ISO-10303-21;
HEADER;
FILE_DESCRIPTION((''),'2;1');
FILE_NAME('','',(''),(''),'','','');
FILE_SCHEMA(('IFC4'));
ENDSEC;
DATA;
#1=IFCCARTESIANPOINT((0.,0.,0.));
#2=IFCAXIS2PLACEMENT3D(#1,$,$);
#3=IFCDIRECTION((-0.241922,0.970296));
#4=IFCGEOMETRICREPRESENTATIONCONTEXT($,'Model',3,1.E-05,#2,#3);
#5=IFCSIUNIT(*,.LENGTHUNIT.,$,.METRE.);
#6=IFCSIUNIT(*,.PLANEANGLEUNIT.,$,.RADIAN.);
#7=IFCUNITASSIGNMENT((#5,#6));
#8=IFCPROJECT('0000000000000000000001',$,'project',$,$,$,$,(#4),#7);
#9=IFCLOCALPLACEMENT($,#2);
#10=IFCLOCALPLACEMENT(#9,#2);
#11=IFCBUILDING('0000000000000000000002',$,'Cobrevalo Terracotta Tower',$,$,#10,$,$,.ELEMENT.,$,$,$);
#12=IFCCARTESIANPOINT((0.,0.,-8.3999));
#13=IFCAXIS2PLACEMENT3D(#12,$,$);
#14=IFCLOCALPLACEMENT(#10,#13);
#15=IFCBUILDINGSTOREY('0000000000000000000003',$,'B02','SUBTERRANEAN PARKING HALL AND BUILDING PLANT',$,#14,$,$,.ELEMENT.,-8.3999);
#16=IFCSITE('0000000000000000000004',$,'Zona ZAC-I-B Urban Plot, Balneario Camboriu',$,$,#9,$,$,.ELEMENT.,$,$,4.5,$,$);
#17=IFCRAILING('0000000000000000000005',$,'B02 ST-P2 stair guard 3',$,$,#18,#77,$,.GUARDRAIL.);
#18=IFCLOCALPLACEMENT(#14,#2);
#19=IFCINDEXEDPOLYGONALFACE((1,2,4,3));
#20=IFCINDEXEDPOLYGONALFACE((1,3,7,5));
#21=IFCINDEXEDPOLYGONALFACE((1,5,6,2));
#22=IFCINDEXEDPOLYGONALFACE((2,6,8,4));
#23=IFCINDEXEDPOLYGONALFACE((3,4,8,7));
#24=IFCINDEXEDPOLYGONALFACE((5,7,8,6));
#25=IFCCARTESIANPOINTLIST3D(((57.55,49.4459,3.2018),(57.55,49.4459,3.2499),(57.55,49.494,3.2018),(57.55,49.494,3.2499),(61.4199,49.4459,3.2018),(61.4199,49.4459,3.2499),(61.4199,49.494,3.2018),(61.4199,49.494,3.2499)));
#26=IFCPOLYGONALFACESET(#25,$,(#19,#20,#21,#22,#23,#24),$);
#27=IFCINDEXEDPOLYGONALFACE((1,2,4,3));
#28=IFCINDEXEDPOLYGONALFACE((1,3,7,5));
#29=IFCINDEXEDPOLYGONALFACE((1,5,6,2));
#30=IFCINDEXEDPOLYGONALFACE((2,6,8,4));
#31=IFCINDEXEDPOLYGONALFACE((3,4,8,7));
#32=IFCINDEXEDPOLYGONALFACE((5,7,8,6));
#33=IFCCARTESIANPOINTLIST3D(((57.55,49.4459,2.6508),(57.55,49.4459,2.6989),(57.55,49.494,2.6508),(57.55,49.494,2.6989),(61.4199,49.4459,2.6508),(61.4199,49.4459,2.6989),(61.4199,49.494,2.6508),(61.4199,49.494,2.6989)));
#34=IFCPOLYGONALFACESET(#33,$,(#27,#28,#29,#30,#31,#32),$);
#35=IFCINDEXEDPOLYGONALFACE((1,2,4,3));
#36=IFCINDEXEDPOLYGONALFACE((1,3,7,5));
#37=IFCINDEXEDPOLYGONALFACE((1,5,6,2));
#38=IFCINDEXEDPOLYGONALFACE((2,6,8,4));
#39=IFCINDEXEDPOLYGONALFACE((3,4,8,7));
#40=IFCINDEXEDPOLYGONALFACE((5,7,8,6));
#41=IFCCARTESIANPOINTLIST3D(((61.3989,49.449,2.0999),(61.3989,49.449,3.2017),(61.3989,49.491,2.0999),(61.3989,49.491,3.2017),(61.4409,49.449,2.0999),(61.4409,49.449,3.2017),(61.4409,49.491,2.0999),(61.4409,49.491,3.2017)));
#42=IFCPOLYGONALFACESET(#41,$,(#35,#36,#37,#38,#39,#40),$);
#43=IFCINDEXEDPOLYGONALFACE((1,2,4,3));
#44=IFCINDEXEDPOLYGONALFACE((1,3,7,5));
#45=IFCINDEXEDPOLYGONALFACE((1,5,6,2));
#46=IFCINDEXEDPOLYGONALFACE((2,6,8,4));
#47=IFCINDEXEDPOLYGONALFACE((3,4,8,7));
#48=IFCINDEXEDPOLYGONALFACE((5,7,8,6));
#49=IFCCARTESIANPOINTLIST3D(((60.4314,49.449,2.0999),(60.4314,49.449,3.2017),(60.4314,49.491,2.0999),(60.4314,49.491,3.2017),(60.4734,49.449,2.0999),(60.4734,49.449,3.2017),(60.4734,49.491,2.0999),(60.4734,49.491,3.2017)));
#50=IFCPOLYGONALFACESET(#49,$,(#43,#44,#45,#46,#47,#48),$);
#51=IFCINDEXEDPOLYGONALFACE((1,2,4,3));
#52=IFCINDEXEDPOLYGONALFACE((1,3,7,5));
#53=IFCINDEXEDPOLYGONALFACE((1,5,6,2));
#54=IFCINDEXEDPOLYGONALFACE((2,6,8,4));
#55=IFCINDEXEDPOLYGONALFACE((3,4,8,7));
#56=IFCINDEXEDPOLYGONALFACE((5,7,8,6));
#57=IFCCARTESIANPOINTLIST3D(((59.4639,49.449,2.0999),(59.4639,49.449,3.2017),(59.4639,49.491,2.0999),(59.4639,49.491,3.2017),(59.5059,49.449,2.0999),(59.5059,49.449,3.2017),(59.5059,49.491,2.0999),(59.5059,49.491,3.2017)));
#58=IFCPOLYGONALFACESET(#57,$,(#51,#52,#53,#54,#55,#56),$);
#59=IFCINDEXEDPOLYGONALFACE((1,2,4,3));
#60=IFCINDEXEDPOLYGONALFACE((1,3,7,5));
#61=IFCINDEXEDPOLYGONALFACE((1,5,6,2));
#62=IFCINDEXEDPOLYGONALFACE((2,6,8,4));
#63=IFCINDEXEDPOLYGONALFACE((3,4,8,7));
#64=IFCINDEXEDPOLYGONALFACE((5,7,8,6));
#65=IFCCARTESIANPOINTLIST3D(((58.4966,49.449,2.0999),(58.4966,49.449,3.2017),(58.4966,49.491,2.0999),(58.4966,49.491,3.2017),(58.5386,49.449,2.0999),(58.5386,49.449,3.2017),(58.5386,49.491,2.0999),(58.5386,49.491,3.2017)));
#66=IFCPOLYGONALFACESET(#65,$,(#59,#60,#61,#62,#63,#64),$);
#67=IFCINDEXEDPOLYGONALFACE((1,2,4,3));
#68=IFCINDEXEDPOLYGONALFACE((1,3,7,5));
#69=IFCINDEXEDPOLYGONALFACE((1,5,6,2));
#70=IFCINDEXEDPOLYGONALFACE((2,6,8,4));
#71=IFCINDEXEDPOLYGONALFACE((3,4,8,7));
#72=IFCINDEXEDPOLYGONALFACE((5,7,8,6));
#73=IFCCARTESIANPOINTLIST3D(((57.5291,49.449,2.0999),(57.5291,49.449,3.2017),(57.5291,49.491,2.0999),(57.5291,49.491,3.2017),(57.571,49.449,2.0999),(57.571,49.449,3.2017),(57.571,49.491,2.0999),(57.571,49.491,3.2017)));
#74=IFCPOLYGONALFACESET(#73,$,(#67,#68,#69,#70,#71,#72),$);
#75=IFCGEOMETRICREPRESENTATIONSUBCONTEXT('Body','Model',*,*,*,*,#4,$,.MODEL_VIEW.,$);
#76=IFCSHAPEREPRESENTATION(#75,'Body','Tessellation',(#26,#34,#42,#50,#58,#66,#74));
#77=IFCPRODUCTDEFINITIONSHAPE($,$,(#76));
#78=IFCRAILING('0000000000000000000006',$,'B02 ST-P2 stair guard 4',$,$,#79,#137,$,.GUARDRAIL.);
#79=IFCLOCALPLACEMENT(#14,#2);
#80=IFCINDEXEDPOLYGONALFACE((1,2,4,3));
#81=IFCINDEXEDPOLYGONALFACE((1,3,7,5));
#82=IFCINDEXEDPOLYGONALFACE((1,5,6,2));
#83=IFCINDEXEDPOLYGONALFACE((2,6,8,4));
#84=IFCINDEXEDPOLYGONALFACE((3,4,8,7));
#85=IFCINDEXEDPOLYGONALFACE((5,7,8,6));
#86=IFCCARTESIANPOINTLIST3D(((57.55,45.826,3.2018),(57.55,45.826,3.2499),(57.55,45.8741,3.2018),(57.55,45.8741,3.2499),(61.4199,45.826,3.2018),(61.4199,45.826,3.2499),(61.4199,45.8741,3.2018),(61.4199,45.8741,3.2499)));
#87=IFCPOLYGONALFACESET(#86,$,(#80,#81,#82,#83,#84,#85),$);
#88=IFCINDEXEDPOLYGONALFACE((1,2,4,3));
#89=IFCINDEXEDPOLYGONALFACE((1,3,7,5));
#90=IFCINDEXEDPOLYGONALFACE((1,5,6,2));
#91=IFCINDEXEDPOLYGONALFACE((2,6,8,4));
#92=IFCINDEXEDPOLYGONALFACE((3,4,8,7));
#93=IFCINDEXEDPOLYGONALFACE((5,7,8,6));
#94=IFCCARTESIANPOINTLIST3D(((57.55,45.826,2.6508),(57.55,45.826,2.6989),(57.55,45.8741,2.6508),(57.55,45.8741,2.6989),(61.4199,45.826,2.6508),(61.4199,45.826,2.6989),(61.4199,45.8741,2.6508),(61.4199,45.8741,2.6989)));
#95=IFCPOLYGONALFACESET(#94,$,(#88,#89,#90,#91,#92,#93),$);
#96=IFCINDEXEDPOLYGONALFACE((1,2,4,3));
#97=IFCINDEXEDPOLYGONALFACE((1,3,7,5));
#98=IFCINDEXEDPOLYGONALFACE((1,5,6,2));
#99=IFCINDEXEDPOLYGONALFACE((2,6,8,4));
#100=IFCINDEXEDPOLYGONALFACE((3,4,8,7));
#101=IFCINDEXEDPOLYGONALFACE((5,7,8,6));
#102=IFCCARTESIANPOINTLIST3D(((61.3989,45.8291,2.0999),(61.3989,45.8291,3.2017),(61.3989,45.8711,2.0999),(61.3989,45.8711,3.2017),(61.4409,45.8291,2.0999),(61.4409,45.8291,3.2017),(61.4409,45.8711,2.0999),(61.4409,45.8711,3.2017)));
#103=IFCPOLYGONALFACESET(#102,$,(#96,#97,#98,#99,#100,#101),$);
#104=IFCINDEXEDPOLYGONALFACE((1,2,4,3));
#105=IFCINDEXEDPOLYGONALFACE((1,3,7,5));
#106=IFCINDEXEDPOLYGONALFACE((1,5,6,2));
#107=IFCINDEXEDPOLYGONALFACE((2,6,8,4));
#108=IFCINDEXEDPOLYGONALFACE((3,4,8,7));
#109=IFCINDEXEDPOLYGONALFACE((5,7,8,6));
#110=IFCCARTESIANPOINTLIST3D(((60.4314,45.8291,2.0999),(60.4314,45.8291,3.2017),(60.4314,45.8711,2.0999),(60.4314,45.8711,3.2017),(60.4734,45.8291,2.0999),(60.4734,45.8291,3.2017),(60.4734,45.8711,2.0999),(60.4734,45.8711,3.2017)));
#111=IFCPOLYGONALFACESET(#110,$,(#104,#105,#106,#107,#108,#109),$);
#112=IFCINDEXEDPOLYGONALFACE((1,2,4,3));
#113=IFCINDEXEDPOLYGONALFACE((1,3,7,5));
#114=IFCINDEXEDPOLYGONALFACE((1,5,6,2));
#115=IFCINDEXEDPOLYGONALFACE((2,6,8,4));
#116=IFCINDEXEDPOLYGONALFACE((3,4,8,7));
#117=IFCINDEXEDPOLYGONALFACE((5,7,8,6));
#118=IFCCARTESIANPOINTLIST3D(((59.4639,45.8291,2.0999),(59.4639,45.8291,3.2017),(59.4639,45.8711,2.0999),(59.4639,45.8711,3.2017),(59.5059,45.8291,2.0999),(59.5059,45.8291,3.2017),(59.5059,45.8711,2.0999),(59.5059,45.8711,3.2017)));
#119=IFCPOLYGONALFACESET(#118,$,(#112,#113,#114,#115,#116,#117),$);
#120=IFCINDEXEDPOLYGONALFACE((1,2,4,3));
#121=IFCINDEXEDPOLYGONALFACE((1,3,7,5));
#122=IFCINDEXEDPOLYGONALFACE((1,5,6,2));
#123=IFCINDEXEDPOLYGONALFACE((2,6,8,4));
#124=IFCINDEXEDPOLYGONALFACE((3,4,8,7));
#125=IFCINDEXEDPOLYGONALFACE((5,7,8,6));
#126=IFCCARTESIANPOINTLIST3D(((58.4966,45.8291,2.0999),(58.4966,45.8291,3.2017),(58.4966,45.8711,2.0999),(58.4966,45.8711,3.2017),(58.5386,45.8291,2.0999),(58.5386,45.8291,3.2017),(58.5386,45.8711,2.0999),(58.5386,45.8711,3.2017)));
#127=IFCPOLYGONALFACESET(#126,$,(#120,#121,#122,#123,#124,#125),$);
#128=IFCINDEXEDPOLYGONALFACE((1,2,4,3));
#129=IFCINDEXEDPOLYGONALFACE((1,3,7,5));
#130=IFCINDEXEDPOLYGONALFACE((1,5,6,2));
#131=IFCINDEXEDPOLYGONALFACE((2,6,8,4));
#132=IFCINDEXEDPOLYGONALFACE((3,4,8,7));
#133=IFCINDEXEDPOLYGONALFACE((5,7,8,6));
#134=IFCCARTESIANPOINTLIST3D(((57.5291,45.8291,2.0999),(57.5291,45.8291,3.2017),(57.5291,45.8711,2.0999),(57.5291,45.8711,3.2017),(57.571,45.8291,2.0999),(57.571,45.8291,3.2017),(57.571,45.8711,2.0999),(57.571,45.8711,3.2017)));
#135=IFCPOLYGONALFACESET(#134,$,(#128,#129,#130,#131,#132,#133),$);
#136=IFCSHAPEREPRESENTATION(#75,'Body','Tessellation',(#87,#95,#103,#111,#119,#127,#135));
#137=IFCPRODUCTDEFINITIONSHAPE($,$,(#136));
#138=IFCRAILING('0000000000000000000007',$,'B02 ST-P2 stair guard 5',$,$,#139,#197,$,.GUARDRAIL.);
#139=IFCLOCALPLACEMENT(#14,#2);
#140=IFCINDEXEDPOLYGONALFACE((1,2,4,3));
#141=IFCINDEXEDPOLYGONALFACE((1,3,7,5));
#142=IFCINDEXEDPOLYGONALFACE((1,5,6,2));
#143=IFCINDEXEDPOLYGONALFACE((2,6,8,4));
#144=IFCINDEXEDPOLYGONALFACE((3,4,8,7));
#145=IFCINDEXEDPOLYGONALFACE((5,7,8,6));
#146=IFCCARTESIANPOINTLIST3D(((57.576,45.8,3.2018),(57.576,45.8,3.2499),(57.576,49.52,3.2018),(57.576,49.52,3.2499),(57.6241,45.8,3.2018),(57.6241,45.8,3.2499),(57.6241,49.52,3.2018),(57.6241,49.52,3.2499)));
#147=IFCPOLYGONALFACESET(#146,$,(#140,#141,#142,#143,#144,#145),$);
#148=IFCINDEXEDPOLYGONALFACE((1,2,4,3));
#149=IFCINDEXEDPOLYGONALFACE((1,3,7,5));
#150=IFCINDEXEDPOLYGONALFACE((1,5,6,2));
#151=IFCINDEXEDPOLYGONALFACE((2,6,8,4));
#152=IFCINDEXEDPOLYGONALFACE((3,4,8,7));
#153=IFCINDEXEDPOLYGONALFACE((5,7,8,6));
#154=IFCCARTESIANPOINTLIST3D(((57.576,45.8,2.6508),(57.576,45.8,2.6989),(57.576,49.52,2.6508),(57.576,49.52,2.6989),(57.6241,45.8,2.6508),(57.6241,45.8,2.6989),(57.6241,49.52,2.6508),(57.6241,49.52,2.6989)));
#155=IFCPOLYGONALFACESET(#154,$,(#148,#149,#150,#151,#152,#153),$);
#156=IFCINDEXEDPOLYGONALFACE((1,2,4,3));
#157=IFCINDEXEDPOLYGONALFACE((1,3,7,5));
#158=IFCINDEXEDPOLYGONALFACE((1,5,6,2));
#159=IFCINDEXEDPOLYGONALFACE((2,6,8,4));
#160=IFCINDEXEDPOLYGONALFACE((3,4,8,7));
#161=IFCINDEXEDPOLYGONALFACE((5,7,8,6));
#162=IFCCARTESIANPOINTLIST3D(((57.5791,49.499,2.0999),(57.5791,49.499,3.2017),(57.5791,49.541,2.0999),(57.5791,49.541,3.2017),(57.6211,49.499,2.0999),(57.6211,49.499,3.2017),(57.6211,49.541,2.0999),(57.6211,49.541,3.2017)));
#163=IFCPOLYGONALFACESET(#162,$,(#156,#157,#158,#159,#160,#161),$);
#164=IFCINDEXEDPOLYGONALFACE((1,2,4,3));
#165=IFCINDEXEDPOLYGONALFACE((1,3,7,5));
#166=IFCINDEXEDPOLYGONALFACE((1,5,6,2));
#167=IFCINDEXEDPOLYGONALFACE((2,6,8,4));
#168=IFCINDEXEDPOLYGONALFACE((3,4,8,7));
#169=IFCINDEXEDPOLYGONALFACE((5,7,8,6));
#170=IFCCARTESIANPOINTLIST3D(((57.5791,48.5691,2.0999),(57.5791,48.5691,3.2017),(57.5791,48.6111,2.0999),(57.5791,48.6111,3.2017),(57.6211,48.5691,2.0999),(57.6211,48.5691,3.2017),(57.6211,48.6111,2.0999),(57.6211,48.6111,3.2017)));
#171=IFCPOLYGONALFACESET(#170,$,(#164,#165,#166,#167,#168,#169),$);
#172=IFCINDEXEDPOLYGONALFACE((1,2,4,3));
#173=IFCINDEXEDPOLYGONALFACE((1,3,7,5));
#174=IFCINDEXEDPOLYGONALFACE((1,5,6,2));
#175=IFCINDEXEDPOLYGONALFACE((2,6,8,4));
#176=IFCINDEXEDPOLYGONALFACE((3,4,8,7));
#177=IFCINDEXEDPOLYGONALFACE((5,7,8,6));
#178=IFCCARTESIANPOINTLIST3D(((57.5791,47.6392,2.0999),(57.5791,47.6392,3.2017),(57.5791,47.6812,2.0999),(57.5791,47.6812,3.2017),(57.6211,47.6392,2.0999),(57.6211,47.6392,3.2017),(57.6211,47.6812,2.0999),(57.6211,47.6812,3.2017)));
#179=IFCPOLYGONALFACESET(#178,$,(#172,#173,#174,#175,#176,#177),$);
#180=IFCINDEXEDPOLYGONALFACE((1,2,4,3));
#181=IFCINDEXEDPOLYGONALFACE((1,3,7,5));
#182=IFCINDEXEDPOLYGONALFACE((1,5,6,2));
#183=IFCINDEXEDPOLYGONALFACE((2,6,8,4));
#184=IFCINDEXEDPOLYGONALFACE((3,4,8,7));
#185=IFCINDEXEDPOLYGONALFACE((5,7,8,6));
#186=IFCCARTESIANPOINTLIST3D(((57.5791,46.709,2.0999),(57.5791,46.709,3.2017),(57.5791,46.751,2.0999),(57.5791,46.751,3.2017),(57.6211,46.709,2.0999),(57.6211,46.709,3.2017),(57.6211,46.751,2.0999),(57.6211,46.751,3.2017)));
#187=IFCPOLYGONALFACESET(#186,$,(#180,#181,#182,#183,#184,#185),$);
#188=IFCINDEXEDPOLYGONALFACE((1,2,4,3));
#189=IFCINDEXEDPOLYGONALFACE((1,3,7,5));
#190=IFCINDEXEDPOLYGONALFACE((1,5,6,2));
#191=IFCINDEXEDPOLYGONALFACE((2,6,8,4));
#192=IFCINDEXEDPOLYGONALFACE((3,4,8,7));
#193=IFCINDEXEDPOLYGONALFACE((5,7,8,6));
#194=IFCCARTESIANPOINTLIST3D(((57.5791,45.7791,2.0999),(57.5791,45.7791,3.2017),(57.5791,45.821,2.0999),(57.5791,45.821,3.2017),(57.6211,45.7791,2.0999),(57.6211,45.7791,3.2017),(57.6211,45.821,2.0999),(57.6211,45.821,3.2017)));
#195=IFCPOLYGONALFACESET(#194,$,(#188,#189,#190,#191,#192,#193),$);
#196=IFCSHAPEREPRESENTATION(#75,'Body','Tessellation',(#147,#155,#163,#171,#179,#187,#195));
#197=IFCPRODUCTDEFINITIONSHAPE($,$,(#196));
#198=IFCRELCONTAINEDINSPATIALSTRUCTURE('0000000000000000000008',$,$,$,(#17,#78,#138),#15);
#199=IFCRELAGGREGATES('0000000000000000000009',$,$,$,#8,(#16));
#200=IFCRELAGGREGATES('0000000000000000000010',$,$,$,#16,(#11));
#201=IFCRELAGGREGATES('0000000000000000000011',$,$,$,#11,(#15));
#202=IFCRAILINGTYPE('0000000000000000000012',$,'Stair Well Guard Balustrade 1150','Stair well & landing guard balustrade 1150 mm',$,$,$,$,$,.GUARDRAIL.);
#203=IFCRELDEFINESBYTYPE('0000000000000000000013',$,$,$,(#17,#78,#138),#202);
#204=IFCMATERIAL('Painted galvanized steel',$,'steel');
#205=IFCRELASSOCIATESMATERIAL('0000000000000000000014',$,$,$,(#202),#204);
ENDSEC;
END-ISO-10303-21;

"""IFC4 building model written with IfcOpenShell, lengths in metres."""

from ifc_helpers import new_model, si_unit, direction, frame, origin, origin_2d, place, context, subcontext, project, spatial, rectangle, extrude, material, type_object, element, save


model = new_model("IFC4")

# Units and contexts
model_context = context("Model", 3, precision=1e-05, world=origin(), true_north=direction((-0.241922, 0.970296)))
body_context = subcontext(model_context, "Body", "Model", "MODEL_VIEW")
ifc_project = project(units=[si_unit("LENGTHUNIT", "METRE"), si_unit("PLANEANGLEUNIT", "RADIAN")], contexts=[model_context])

# Site, building, storey
site_placement = place(None, origin())
site = spatial("IfcSite", under=ifc_project, at=site_placement, Name="Zona ZAC-I-B Urban Plot, Balneario Camboriu", CompositionType="ELEMENT", RefElevation=4.5)
building_placement = place(site_placement, origin())
building = spatial("IfcBuilding", under=site, at=building_placement, Name="Cobrevalo Terracotta Tower", CompositionType="ELEMENT")
storey_placement = place(building_placement, frame((0.0, 0.0, -8.3999)))
storey = spatial("IfcBuildingStorey", under=building, at=storey_placement, Name="B02", Description="SUBTERRANEAN PARKING HALL AND BUILDING PLANT", CompositionType="ELEMENT", Elevation=-8.3999)

# Railings
ifc_material_1 = material(Name="Painted galvanized steel", Category="steel")
railing_type_1 = type_object("IfcRailingType", Name="Stair Well Guard Balustrade 1150", Description="Stair well & landing guard balustrade 1150 mm", PredefinedType="GUARDRAIL", material=ifc_material_1)
for number, where, name in (
    (1, (61.4199, 49.47, 2.0999), "B02 ST-P2 stair guard 3"),
    (2, (61.4199, 45.8501, 2.0999), "B02 ST-P2 stair guard 4"),
):
    element("IfcRailing", number, at=place(storey_placement, frame(where)), inside=storey, type_object=railing_type_1, Name=name, PredefinedType="GUARDRAIL", context=body_context, shape_type="SweptSolid", body=[
        extrude(rectangle(XDim=0.0481, YDim=0.0481, at=origin_2d()), frame((0.0, 0.0, 1.126), z_axis=(-1.0, 0.0, 0.0), x_axis=(0.0, -1.0, 0.0)), (0.0, 0.0, 1.0), 3.8699),
        extrude(rectangle(XDim=0.0481, YDim=0.0481, at=origin_2d()), frame((0.0, 0.0, 0.575), z_axis=(-1.0, 0.0, 0.0), x_axis=(0.0, -1.0, 0.0)), (0.0, 0.0, 1.0), 3.8699),
        extrude(rectangle(XDim=0.042, YDim=0.042, at=origin_2d()), origin(), (0.0, 0.0, 1.0), 1.1018),
        extrude(rectangle(XDim=0.042, YDim=0.042, at=origin_2d()), frame((-0.9675, 0.0, 0.0)), (0.0, 0.0, 1.0), 1.1018),
        extrude(rectangle(XDim=0.042, YDim=0.042, at=origin_2d()), frame((-1.9351, 0.0, 0.0)), (0.0, 0.0, 1.0), 1.1018),
        extrude(rectangle(XDim=0.042, YDim=0.042, at=origin_2d()), frame((-2.9023, 0.0, 0.0)), (0.0, 0.0, 1.0), 1.1018),
        extrude(rectangle(XDim=0.042, YDim=0.042, at=origin_2d()), frame((-3.8699, 0.0, 0.0)), (0.0, 0.0, 1.0), 1.1018),
    ])
railing_1_placement = place(storey_placement, frame((57.6001, 49.52, 2.0999)))
element("IfcRailing", 3, at=railing_1_placement, inside=storey, type_object=railing_type_1, Name="B02 ST-P2 stair guard 5", PredefinedType="GUARDRAIL", context=body_context, shape_type="SweptSolid", body=[
    extrude(rectangle(XDim=0.0481, YDim=0.0481, at=origin_2d()), frame((0.0, 0.0, 1.126), z_axis=(0.0, -1.0, 0.0), x_axis=(1.0, 0.0, 0.0)), (0.0, 0.0, 1.0), 3.72),
    extrude(rectangle(XDim=0.0481, YDim=0.0481, at=origin_2d()), frame((0.0, 0.0, 0.575), z_axis=(0.0, -1.0, 0.0), x_axis=(1.0, 0.0, 0.0)), (0.0, 0.0, 1.0), 3.72),
    extrude(rectangle(XDim=0.042, YDim=0.042, at=origin_2d()), origin(), (0.0, 0.0, 1.0), 1.1018),
    extrude(rectangle(XDim=0.042, YDim=0.042, at=origin_2d()), frame((0.0, -0.9299, 0.0)), (0.0, 0.0, 1.0), 1.1018),
    extrude(rectangle(XDim=0.042, YDim=0.042, at=origin_2d()), frame((0.0, -1.8599, 0.0)), (0.0, 0.0, 1.0), 1.1018),
    extrude(rectangle(XDim=0.042, YDim=0.042, at=origin_2d()), frame((0.0, -2.79, 0.0)), (0.0, 0.0, 1.0), 1.1018),
    extrude(rectangle(XDim=0.042, YDim=0.042, at=origin_2d()), frame((0.0, -3.72, 0.0)), (0.0, 0.0, 1.0), 1.1018),
])

save(model, "model.ifc")
